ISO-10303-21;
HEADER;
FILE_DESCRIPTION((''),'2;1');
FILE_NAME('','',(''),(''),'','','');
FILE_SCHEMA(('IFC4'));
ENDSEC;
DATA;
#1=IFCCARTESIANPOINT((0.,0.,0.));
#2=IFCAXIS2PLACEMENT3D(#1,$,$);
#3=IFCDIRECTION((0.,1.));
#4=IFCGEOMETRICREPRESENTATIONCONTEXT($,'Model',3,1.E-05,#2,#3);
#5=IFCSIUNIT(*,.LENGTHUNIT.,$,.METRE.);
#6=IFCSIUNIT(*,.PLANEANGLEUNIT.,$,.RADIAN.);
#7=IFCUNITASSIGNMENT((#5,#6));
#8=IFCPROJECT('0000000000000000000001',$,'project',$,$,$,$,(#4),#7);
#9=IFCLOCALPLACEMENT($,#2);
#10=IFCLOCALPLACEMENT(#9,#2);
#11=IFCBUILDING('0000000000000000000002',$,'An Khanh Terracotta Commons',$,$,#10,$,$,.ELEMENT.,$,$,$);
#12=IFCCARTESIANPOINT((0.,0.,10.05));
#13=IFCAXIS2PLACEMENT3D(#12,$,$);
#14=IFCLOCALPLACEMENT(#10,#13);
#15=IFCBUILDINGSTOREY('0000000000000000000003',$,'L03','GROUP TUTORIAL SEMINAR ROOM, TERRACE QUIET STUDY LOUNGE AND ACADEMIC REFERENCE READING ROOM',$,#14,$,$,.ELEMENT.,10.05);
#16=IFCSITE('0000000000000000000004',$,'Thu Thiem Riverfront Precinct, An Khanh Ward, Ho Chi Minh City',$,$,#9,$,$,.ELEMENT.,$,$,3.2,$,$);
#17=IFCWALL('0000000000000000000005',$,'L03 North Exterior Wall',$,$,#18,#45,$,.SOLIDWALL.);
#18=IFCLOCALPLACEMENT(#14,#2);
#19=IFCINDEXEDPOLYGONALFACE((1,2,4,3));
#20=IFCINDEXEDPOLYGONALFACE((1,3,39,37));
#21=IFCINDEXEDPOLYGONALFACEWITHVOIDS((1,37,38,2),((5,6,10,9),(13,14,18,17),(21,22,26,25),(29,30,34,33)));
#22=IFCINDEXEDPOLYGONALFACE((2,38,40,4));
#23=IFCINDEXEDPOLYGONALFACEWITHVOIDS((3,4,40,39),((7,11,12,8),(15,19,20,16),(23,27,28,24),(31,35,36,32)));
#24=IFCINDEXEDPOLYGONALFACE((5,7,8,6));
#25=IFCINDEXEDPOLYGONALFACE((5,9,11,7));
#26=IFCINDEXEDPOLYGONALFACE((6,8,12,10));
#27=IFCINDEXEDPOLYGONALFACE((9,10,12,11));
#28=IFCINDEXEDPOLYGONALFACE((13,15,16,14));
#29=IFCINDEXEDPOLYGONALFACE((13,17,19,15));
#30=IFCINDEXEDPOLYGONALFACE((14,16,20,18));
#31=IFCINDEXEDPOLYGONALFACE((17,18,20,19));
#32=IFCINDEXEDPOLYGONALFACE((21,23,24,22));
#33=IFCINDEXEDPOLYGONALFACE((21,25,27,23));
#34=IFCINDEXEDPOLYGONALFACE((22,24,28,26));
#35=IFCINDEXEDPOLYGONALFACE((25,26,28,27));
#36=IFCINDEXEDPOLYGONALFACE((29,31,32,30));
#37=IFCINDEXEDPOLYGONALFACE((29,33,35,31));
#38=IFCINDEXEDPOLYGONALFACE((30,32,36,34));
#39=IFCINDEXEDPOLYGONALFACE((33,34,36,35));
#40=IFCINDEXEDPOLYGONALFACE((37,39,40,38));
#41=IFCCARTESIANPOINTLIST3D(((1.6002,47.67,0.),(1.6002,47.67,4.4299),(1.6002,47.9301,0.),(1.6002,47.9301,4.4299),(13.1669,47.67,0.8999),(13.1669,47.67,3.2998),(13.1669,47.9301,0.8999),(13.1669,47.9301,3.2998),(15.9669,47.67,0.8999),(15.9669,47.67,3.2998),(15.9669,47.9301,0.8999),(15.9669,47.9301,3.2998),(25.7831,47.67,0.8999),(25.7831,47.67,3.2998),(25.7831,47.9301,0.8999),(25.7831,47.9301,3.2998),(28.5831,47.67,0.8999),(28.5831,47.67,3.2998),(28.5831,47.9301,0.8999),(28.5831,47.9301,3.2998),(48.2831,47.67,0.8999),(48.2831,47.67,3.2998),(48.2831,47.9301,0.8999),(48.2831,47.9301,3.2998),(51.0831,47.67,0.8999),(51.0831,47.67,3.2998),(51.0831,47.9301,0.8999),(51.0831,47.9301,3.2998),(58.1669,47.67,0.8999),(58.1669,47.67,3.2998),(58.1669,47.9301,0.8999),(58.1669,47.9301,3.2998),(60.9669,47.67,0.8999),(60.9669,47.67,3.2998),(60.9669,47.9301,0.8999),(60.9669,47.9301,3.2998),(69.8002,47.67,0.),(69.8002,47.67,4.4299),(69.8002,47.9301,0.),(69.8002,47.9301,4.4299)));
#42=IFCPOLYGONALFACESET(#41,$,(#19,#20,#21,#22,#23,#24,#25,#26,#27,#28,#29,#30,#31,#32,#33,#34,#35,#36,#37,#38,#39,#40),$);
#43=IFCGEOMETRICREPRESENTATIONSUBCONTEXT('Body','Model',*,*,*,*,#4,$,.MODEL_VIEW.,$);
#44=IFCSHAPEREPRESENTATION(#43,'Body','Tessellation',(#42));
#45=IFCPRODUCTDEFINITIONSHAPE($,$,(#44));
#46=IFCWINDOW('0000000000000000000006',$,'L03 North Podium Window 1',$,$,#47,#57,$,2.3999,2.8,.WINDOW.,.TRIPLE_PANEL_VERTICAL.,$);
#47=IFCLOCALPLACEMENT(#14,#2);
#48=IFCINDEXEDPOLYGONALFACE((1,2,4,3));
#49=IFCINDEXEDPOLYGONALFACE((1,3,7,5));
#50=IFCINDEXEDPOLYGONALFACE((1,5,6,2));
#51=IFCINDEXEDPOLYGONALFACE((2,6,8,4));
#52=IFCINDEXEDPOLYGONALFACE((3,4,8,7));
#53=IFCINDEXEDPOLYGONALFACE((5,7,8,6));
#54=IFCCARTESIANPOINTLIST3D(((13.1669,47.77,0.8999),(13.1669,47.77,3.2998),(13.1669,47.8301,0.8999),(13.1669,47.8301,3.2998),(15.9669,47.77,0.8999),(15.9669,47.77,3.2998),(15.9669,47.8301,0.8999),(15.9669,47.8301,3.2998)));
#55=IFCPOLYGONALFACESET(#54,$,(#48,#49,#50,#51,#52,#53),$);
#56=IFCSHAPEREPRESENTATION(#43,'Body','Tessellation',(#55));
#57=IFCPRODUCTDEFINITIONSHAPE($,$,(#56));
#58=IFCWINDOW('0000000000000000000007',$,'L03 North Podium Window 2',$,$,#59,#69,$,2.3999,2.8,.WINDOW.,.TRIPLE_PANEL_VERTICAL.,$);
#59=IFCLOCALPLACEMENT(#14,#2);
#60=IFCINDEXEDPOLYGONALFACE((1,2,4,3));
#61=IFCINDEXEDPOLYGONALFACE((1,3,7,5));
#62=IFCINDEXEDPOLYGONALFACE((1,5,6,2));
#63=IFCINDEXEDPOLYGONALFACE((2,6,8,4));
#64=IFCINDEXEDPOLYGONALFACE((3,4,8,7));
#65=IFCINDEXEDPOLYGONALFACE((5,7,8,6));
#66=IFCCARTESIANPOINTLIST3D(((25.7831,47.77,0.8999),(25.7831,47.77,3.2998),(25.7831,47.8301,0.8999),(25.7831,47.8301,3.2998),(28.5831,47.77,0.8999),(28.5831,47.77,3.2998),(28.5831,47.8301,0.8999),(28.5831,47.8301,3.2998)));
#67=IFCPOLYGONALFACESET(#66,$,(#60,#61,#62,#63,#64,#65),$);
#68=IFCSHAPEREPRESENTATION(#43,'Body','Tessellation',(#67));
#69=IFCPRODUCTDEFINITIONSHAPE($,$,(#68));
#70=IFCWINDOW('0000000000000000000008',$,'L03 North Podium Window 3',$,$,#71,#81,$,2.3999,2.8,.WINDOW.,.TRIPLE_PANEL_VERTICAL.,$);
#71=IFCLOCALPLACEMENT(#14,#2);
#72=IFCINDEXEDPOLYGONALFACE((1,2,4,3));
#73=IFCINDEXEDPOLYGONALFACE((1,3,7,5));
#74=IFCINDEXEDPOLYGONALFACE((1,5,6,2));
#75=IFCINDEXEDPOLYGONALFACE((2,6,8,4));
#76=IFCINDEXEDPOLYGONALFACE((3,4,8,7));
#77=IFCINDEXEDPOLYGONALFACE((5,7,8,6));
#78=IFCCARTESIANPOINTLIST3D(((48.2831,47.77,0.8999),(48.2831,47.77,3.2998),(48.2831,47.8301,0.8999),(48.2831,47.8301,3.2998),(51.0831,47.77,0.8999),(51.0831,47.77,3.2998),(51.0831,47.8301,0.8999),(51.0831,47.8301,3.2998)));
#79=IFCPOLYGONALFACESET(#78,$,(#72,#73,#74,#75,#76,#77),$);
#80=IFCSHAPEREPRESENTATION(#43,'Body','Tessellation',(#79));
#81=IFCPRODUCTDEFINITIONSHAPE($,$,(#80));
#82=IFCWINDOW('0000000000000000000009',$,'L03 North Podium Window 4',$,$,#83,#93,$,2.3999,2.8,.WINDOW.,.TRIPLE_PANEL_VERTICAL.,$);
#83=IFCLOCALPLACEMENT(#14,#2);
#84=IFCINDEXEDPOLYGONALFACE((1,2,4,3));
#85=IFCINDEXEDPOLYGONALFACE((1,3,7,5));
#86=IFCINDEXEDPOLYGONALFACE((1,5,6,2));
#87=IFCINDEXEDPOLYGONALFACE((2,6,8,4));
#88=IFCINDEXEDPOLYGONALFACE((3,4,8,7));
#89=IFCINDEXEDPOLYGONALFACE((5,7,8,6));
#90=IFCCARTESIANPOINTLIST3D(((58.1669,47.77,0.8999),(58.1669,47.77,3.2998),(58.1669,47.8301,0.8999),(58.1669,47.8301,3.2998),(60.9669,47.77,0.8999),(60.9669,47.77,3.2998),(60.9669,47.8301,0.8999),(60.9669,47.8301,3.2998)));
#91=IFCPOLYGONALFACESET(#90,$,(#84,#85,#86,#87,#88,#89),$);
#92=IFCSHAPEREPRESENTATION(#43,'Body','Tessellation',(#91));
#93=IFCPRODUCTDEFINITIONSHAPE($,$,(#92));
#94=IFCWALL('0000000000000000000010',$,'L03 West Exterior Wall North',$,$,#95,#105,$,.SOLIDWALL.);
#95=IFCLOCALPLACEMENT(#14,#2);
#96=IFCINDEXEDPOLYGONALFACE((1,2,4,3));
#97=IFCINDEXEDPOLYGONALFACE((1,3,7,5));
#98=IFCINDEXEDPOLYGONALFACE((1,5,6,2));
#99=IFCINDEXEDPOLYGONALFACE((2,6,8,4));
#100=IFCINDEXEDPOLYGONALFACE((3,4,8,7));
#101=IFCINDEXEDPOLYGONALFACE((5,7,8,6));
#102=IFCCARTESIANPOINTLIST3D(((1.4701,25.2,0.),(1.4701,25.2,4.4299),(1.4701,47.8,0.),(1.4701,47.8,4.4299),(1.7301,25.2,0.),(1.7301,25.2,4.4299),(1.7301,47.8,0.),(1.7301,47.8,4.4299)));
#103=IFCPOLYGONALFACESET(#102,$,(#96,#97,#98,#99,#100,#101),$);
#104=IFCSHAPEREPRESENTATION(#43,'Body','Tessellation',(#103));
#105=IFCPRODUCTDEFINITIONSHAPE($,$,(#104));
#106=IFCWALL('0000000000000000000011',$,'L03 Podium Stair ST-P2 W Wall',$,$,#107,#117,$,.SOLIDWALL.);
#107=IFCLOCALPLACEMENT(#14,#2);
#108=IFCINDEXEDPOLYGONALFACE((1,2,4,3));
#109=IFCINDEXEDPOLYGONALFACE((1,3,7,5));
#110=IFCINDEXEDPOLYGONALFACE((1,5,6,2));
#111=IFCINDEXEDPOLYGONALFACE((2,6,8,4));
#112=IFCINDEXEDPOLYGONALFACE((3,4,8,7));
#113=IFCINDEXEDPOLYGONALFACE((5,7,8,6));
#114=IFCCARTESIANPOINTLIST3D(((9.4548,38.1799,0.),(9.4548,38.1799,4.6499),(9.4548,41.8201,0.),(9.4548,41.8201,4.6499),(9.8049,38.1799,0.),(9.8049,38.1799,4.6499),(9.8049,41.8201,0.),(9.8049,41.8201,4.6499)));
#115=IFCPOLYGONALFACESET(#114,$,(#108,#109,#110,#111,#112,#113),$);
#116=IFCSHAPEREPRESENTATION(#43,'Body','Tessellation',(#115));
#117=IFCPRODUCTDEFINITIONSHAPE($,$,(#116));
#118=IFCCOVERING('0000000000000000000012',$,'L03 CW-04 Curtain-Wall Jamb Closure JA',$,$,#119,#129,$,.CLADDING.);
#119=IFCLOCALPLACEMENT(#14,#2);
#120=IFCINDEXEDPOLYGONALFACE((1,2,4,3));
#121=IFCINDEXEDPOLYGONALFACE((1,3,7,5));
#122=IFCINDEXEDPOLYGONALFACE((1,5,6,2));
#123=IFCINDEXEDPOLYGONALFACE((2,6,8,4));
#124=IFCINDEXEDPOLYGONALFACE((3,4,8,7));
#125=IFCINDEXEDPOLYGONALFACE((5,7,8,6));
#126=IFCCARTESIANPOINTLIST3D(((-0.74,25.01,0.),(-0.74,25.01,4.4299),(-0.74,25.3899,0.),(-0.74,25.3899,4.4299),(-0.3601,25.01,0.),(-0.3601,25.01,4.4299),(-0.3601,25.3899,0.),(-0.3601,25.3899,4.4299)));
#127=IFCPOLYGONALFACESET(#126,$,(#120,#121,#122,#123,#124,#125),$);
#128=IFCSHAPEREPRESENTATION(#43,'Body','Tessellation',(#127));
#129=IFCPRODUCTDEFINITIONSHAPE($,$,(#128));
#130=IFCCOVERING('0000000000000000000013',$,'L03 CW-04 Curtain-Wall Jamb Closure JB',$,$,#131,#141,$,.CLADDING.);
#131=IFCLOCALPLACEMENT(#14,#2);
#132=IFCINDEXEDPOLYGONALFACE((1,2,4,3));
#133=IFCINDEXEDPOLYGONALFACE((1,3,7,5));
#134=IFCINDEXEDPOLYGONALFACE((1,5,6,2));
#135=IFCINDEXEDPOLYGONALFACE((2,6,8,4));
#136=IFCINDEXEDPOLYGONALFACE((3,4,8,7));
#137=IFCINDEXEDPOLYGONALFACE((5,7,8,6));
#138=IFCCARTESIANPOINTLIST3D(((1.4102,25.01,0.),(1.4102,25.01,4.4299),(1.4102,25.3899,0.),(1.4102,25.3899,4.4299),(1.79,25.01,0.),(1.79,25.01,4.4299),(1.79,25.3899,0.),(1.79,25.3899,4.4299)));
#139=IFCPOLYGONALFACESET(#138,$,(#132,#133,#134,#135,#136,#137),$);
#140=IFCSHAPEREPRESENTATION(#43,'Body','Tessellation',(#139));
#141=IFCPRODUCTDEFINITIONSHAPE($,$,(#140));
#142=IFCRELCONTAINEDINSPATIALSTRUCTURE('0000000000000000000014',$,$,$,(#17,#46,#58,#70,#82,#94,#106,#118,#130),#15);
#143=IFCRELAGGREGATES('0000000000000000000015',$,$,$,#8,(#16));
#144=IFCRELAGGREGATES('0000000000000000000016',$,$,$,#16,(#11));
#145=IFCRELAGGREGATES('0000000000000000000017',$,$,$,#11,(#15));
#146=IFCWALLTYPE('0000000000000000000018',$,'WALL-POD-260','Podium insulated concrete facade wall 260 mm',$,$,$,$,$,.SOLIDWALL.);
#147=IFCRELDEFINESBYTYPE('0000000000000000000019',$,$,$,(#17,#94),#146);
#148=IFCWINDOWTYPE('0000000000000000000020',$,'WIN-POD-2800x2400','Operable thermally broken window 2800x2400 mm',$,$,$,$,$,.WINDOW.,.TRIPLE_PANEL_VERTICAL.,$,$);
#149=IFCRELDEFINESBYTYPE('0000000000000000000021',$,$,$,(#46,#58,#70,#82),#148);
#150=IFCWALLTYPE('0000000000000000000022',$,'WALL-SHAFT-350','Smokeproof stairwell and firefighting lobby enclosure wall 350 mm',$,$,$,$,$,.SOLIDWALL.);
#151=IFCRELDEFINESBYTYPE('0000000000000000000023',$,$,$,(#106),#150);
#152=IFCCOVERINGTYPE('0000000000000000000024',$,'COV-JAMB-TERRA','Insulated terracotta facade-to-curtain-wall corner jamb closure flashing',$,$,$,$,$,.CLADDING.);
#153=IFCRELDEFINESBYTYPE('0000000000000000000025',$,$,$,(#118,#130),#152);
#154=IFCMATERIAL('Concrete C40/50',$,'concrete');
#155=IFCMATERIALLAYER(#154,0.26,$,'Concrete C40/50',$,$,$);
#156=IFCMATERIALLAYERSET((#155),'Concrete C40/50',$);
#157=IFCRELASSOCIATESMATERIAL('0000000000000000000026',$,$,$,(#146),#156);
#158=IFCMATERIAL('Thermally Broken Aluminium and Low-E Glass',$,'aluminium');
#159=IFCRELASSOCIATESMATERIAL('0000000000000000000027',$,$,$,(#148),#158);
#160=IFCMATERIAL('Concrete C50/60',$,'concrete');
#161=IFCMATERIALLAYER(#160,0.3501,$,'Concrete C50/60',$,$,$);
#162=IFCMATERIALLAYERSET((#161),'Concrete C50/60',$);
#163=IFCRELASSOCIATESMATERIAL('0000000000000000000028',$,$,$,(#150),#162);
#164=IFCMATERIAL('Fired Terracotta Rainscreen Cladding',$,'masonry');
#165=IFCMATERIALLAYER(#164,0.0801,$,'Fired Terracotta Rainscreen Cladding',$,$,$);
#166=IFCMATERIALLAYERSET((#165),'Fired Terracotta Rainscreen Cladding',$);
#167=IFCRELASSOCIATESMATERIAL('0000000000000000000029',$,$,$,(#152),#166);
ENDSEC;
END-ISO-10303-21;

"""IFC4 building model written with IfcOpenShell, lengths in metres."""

from ifc_helpers import new_model, si_unit, direction, frame, frame_2d, origin, origin_2d, place, context, subcontext, project, spatial, rectangle, extrude, material, layer, layer_set, type_object, element, fill, save


model = new_model("IFC4")

# Units and contexts
model_context = context("Model", 3, precision=1e-05, world=origin(), true_north=direction((0.0, 1.0)))
body_context = subcontext(model_context, "Body", "Model", "MODEL_VIEW")
ifc_project = project(units=[si_unit("LENGTHUNIT", "METRE"), si_unit("PLANEANGLEUNIT", "RADIAN")], contexts=[model_context])

# Site, building, storey
site_placement = place(None, origin())
site = spatial("IfcSite", under=ifc_project, at=site_placement, Name="Thu Thiem Riverfront Precinct, An Khanh Ward, Ho Chi Minh City", CompositionType="ELEMENT", RefElevation=3.2)
building_placement = place(site_placement, origin())
building = spatial("IfcBuilding", under=site, at=building_placement, Name="An Khanh Terracotta Commons", CompositionType="ELEMENT")
storey_placement = place(building_placement, frame((0.0, 0.0, 10.05)))
storey = spatial("IfcBuildingStorey", under=building, at=storey_placement, Name="L03", Description="GROUP TUTORIAL SEMINAR ROOM, TERRACE QUIET STUDY LOUNGE AND ACADEMIC REFERENCE READING ROOM", CompositionType="ELEMENT", Elevation=10.05)

# Shared definitions
ifc_material_1 = material(Name="Concrete C50/60", Category="concrete")

# Wall, openings, windows
ifc_material_2 = material(Name="Concrete C40/50", Category="concrete")
ifc_layer_1 = layer(ifc_material_2, 0.26, Name="Concrete C40/50")
ifc_layer_set_1 = layer_set([ifc_layer_1], Name="Concrete C40/50")
wall_type_1 = type_object("IfcWallType", Name="WALL-POD-260", Description="Podium insulated concrete facade wall 260 mm", PredefinedType="SOLIDWALL", material=ifc_layer_set_1)
wall_1_placement = place(storey_placement, frame((1.6001, 47.8, 0.0), z_axis=(0.0, 0.0, 1.0), x_axis=(1.0, 0.0, 0.0)))
wall_1 = element("IfcWall", 1, at=wall_1_placement, inside=storey, type_object=wall_type_1, Name="L03 North Exterior Wall", PredefinedType="SOLIDWALL", context=body_context, shape_type="SweptSolid", body=[
    extrude(rectangle(XDim=68.2, YDim=0.26, at=frame_2d((34.1001, 0.0))), origin(), (0.0, 0.0, 1.0), 4.4299),
])
opening_1_placement = place(wall_1_placement, frame((11.5669, 0.0, 0.8999)))
opening_1 = element("IfcOpeningElement", 2, at=opening_1_placement, cuts=wall_1, PredefinedType="OPENING", context=body_context, shape_type="SweptSolid", body=[
    extrude(rectangle(XDim=2.8, YDim=2.3999, at=frame_2d((1.3999, 1.2))), frame((0.0, 0.1399, 0.0), z_axis=(0.0, -1.0, 0.0), x_axis=(1.0, 0.0, 0.0)), (0.0, 0.0, 1.0), 0.28),
])
opening_2_placement = place(wall_1_placement, frame((24.1831, 0.0, 0.8999)))
opening_2 = element("IfcOpeningElement", 3, at=opening_2_placement, cuts=wall_1, PredefinedType="OPENING", context=body_context, shape_type="SweptSolid", body=[
    extrude(rectangle(XDim=2.8, YDim=2.3999, at=frame_2d((1.3999, 1.2))), frame((0.0, 0.1399, 0.0), z_axis=(0.0, -1.0, 0.0), x_axis=(1.0, 0.0, 0.0)), (0.0, 0.0, 1.0), 0.28),
])
opening_3_placement = place(wall_1_placement, frame((46.6831, 0.0, 0.8999)))
opening_3 = element("IfcOpeningElement", 4, at=opening_3_placement, cuts=wall_1, PredefinedType="OPENING", context=body_context, shape_type="SweptSolid", body=[
    extrude(rectangle(XDim=2.8, YDim=2.3999, at=frame_2d((1.3999, 1.2))), frame((0.0, 0.1399, 0.0), z_axis=(0.0, -1.0, 0.0), x_axis=(1.0, 0.0, 0.0)), (0.0, 0.0, 1.0), 0.28),
])
opening_4_placement = place(wall_1_placement, frame((56.5669, 0.0, 0.8999)))
opening_4 = element("IfcOpeningElement", 5, at=opening_4_placement, cuts=wall_1, PredefinedType="OPENING", context=body_context, shape_type="SweptSolid", body=[
    extrude(rectangle(XDim=2.8, YDim=2.3999, at=frame_2d((1.3999, 1.2))), frame((0.0, 0.1399, 0.0), z_axis=(0.0, -1.0, 0.0), x_axis=(1.0, 0.0, 0.0)), (0.0, 0.0, 1.0), 0.28),
])
ifc_material_3 = material(Name="Thermally Broken Aluminium and Low-E Glass", Category="aluminium")
window_type = type_object("IfcWindowType", Name="WIN-POD-2800x2400", Description="Operable thermally broken window 2800x2400 mm", PartitioningType="TRIPLE_PANEL_VERTICAL", PredefinedType="WINDOW", material=ifc_material_3)
window_1_placement = place(opening_1_placement, origin())
window_1 = element("IfcWindow", 6, at=window_1_placement, inside=storey, type_object=window_type, Name="L03 North Podium Window 1", OverallHeight=2.3999, OverallWidth=2.8, PartitioningType="TRIPLE_PANEL_VERTICAL", PredefinedType="WINDOW", context=body_context, shape_type="SweptSolid", body=[
    extrude(rectangle(XDim=2.8, YDim=2.3999, at=frame_2d((1.3999, 1.2))), frame((0.0, 0.03, 0.0), z_axis=(0.0, -1.0, 0.0), x_axis=(1.0, 0.0, 0.0)), (0.0, 0.0, 1.0), 0.0601),
])
fill(opening_1, window_1)
window_2_placement = place(opening_2_placement, origin())
window_2 = element("IfcWindow", 7, at=window_2_placement, inside=storey, type_object=window_type, Name="L03 North Podium Window 2", OverallHeight=2.3999, OverallWidth=2.8, PartitioningType="TRIPLE_PANEL_VERTICAL", PredefinedType="WINDOW", context=body_context, shape_type="SweptSolid", body=[
    extrude(rectangle(XDim=2.8, YDim=2.3999, at=frame_2d((1.3999, 1.2))), frame((0.0, 0.03, 0.0), z_axis=(0.0, -1.0, 0.0), x_axis=(1.0, 0.0, 0.0)), (0.0, 0.0, 1.0), 0.0601),
])
fill(opening_2, window_2)
window_3_placement = place(opening_3_placement, origin())
window_3 = element("IfcWindow", 8, at=window_3_placement, inside=storey, type_object=window_type, Name="L03 North Podium Window 3", OverallHeight=2.3999, OverallWidth=2.8, PartitioningType="TRIPLE_PANEL_VERTICAL", PredefinedType="WINDOW", context=body_context, shape_type="SweptSolid", body=[
    extrude(rectangle(XDim=2.8, YDim=2.3999, at=frame_2d((1.3999, 1.2))), frame((0.0, 0.03, 0.0), z_axis=(0.0, -1.0, 0.0), x_axis=(1.0, 0.0, 0.0)), (0.0, 0.0, 1.0), 0.0601),
])
fill(opening_3, window_3)
window_4_placement = place(opening_4_placement, origin())
window_4 = element("IfcWindow", 9, at=window_4_placement, inside=storey, type_object=window_type, Name="L03 North Podium Window 4", OverallHeight=2.3999, OverallWidth=2.8, PartitioningType="TRIPLE_PANEL_VERTICAL", PredefinedType="WINDOW", context=body_context, shape_type="SweptSolid", body=[
    extrude(rectangle(XDim=2.8, YDim=2.3999, at=frame_2d((1.3999, 1.2))), frame((0.0, 0.03, 0.0), z_axis=(0.0, -1.0, 0.0), x_axis=(1.0, 0.0, 0.0)), (0.0, 0.0, 1.0), 0.0601),
])
fill(opening_4, window_4)

# Walls
wall_2_placement = place(storey_placement, frame((1.6001, 25.2, 0.0), z_axis=(0.0, 0.0, 1.0), x_axis=(0.0, 1.0, 0.0)))
element("IfcWall", 10, at=wall_2_placement, inside=storey, type_object=wall_type_1, Name="L03 West Exterior Wall North", PredefinedType="SOLIDWALL", context=body_context, shape_type="SweptSolid", body=[
    extrude(rectangle(XDim=22.6001, YDim=0.26, at=frame_2d((11.3, 0.0))), origin(), (0.0, 0.0, 1.0), 4.4299),
])
ifc_layer_2 = layer(ifc_material_1, 0.3501, Name="Concrete C50/60")
ifc_layer_set_2 = layer_set([ifc_layer_2], Name="Concrete C50/60")
wall_type_2 = type_object("IfcWallType", Name="WALL-SHAFT-350", Description="Smokeproof stairwell and firefighting lobby enclosure wall 350 mm", PredefinedType="SOLIDWALL", material=ifc_layer_set_2)
wall_3_placement = place(storey_placement, frame((9.6299, 38.1799, 0.0), z_axis=(0.0, 0.0, 1.0), x_axis=(0.0, 1.0, 0.0)))
element("IfcWall", 11, at=wall_3_placement, inside=storey, type_object=wall_type_2, Name="L03 Podium Stair ST-P2 W Wall", PredefinedType="SOLIDWALL", context=body_context, shape_type="SweptSolid", body=[
    extrude(rectangle(XDim=3.6401, YDim=0.3501, at=frame_2d((1.8201, 0.0))), origin(), (0.0, 0.0, 1.0), 4.6499),
])

# Coverings
ifc_material_4 = material(Name="Fired Terracotta Rainscreen Cladding", Category="masonry")
ifc_layer_3 = layer(ifc_material_4, 0.0801, Name="Fired Terracotta Rainscreen Cladding")
ifc_layer_set_3 = layer_set([ifc_layer_3], Name="Fired Terracotta Rainscreen Cladding")
covering_type = type_object("IfcCoveringType", Name="COV-JAMB-TERRA", Description="Insulated terracotta facade-to-curtain-wall corner jamb closure flashing", PredefinedType="CLADDING", material=ifc_layer_set_3)
for number, where, z_axis, x_axis, name in (
    (12, (-0.55, 25.2, 0.0), (0.0, 0.0, 1.0), (1.0, 0.0, 0.0), "L03 CW-04 Curtain-Wall Jamb Closure JA"),
    (13, (1.6001, 25.2, 0.0), (0.0, 0.0, 1.0), (1.0, 0.0, 0.0), "L03 CW-04 Curtain-Wall Jamb Closure JB"),
):
    element("IfcCovering", number, at=place(storey_placement, frame(where, z_axis=z_axis, x_axis=x_axis)), inside=storey, type_object=covering_type, Name=name, PredefinedType="CLADDING", context=body_context, shape_type="SweptSolid", body=[
        extrude(rectangle(XDim=0.3799, YDim=0.3799, at=origin_2d()), origin(), (0.0, 0.0, 1.0), 4.4299),
    ])

save(model, "model.ifc")
